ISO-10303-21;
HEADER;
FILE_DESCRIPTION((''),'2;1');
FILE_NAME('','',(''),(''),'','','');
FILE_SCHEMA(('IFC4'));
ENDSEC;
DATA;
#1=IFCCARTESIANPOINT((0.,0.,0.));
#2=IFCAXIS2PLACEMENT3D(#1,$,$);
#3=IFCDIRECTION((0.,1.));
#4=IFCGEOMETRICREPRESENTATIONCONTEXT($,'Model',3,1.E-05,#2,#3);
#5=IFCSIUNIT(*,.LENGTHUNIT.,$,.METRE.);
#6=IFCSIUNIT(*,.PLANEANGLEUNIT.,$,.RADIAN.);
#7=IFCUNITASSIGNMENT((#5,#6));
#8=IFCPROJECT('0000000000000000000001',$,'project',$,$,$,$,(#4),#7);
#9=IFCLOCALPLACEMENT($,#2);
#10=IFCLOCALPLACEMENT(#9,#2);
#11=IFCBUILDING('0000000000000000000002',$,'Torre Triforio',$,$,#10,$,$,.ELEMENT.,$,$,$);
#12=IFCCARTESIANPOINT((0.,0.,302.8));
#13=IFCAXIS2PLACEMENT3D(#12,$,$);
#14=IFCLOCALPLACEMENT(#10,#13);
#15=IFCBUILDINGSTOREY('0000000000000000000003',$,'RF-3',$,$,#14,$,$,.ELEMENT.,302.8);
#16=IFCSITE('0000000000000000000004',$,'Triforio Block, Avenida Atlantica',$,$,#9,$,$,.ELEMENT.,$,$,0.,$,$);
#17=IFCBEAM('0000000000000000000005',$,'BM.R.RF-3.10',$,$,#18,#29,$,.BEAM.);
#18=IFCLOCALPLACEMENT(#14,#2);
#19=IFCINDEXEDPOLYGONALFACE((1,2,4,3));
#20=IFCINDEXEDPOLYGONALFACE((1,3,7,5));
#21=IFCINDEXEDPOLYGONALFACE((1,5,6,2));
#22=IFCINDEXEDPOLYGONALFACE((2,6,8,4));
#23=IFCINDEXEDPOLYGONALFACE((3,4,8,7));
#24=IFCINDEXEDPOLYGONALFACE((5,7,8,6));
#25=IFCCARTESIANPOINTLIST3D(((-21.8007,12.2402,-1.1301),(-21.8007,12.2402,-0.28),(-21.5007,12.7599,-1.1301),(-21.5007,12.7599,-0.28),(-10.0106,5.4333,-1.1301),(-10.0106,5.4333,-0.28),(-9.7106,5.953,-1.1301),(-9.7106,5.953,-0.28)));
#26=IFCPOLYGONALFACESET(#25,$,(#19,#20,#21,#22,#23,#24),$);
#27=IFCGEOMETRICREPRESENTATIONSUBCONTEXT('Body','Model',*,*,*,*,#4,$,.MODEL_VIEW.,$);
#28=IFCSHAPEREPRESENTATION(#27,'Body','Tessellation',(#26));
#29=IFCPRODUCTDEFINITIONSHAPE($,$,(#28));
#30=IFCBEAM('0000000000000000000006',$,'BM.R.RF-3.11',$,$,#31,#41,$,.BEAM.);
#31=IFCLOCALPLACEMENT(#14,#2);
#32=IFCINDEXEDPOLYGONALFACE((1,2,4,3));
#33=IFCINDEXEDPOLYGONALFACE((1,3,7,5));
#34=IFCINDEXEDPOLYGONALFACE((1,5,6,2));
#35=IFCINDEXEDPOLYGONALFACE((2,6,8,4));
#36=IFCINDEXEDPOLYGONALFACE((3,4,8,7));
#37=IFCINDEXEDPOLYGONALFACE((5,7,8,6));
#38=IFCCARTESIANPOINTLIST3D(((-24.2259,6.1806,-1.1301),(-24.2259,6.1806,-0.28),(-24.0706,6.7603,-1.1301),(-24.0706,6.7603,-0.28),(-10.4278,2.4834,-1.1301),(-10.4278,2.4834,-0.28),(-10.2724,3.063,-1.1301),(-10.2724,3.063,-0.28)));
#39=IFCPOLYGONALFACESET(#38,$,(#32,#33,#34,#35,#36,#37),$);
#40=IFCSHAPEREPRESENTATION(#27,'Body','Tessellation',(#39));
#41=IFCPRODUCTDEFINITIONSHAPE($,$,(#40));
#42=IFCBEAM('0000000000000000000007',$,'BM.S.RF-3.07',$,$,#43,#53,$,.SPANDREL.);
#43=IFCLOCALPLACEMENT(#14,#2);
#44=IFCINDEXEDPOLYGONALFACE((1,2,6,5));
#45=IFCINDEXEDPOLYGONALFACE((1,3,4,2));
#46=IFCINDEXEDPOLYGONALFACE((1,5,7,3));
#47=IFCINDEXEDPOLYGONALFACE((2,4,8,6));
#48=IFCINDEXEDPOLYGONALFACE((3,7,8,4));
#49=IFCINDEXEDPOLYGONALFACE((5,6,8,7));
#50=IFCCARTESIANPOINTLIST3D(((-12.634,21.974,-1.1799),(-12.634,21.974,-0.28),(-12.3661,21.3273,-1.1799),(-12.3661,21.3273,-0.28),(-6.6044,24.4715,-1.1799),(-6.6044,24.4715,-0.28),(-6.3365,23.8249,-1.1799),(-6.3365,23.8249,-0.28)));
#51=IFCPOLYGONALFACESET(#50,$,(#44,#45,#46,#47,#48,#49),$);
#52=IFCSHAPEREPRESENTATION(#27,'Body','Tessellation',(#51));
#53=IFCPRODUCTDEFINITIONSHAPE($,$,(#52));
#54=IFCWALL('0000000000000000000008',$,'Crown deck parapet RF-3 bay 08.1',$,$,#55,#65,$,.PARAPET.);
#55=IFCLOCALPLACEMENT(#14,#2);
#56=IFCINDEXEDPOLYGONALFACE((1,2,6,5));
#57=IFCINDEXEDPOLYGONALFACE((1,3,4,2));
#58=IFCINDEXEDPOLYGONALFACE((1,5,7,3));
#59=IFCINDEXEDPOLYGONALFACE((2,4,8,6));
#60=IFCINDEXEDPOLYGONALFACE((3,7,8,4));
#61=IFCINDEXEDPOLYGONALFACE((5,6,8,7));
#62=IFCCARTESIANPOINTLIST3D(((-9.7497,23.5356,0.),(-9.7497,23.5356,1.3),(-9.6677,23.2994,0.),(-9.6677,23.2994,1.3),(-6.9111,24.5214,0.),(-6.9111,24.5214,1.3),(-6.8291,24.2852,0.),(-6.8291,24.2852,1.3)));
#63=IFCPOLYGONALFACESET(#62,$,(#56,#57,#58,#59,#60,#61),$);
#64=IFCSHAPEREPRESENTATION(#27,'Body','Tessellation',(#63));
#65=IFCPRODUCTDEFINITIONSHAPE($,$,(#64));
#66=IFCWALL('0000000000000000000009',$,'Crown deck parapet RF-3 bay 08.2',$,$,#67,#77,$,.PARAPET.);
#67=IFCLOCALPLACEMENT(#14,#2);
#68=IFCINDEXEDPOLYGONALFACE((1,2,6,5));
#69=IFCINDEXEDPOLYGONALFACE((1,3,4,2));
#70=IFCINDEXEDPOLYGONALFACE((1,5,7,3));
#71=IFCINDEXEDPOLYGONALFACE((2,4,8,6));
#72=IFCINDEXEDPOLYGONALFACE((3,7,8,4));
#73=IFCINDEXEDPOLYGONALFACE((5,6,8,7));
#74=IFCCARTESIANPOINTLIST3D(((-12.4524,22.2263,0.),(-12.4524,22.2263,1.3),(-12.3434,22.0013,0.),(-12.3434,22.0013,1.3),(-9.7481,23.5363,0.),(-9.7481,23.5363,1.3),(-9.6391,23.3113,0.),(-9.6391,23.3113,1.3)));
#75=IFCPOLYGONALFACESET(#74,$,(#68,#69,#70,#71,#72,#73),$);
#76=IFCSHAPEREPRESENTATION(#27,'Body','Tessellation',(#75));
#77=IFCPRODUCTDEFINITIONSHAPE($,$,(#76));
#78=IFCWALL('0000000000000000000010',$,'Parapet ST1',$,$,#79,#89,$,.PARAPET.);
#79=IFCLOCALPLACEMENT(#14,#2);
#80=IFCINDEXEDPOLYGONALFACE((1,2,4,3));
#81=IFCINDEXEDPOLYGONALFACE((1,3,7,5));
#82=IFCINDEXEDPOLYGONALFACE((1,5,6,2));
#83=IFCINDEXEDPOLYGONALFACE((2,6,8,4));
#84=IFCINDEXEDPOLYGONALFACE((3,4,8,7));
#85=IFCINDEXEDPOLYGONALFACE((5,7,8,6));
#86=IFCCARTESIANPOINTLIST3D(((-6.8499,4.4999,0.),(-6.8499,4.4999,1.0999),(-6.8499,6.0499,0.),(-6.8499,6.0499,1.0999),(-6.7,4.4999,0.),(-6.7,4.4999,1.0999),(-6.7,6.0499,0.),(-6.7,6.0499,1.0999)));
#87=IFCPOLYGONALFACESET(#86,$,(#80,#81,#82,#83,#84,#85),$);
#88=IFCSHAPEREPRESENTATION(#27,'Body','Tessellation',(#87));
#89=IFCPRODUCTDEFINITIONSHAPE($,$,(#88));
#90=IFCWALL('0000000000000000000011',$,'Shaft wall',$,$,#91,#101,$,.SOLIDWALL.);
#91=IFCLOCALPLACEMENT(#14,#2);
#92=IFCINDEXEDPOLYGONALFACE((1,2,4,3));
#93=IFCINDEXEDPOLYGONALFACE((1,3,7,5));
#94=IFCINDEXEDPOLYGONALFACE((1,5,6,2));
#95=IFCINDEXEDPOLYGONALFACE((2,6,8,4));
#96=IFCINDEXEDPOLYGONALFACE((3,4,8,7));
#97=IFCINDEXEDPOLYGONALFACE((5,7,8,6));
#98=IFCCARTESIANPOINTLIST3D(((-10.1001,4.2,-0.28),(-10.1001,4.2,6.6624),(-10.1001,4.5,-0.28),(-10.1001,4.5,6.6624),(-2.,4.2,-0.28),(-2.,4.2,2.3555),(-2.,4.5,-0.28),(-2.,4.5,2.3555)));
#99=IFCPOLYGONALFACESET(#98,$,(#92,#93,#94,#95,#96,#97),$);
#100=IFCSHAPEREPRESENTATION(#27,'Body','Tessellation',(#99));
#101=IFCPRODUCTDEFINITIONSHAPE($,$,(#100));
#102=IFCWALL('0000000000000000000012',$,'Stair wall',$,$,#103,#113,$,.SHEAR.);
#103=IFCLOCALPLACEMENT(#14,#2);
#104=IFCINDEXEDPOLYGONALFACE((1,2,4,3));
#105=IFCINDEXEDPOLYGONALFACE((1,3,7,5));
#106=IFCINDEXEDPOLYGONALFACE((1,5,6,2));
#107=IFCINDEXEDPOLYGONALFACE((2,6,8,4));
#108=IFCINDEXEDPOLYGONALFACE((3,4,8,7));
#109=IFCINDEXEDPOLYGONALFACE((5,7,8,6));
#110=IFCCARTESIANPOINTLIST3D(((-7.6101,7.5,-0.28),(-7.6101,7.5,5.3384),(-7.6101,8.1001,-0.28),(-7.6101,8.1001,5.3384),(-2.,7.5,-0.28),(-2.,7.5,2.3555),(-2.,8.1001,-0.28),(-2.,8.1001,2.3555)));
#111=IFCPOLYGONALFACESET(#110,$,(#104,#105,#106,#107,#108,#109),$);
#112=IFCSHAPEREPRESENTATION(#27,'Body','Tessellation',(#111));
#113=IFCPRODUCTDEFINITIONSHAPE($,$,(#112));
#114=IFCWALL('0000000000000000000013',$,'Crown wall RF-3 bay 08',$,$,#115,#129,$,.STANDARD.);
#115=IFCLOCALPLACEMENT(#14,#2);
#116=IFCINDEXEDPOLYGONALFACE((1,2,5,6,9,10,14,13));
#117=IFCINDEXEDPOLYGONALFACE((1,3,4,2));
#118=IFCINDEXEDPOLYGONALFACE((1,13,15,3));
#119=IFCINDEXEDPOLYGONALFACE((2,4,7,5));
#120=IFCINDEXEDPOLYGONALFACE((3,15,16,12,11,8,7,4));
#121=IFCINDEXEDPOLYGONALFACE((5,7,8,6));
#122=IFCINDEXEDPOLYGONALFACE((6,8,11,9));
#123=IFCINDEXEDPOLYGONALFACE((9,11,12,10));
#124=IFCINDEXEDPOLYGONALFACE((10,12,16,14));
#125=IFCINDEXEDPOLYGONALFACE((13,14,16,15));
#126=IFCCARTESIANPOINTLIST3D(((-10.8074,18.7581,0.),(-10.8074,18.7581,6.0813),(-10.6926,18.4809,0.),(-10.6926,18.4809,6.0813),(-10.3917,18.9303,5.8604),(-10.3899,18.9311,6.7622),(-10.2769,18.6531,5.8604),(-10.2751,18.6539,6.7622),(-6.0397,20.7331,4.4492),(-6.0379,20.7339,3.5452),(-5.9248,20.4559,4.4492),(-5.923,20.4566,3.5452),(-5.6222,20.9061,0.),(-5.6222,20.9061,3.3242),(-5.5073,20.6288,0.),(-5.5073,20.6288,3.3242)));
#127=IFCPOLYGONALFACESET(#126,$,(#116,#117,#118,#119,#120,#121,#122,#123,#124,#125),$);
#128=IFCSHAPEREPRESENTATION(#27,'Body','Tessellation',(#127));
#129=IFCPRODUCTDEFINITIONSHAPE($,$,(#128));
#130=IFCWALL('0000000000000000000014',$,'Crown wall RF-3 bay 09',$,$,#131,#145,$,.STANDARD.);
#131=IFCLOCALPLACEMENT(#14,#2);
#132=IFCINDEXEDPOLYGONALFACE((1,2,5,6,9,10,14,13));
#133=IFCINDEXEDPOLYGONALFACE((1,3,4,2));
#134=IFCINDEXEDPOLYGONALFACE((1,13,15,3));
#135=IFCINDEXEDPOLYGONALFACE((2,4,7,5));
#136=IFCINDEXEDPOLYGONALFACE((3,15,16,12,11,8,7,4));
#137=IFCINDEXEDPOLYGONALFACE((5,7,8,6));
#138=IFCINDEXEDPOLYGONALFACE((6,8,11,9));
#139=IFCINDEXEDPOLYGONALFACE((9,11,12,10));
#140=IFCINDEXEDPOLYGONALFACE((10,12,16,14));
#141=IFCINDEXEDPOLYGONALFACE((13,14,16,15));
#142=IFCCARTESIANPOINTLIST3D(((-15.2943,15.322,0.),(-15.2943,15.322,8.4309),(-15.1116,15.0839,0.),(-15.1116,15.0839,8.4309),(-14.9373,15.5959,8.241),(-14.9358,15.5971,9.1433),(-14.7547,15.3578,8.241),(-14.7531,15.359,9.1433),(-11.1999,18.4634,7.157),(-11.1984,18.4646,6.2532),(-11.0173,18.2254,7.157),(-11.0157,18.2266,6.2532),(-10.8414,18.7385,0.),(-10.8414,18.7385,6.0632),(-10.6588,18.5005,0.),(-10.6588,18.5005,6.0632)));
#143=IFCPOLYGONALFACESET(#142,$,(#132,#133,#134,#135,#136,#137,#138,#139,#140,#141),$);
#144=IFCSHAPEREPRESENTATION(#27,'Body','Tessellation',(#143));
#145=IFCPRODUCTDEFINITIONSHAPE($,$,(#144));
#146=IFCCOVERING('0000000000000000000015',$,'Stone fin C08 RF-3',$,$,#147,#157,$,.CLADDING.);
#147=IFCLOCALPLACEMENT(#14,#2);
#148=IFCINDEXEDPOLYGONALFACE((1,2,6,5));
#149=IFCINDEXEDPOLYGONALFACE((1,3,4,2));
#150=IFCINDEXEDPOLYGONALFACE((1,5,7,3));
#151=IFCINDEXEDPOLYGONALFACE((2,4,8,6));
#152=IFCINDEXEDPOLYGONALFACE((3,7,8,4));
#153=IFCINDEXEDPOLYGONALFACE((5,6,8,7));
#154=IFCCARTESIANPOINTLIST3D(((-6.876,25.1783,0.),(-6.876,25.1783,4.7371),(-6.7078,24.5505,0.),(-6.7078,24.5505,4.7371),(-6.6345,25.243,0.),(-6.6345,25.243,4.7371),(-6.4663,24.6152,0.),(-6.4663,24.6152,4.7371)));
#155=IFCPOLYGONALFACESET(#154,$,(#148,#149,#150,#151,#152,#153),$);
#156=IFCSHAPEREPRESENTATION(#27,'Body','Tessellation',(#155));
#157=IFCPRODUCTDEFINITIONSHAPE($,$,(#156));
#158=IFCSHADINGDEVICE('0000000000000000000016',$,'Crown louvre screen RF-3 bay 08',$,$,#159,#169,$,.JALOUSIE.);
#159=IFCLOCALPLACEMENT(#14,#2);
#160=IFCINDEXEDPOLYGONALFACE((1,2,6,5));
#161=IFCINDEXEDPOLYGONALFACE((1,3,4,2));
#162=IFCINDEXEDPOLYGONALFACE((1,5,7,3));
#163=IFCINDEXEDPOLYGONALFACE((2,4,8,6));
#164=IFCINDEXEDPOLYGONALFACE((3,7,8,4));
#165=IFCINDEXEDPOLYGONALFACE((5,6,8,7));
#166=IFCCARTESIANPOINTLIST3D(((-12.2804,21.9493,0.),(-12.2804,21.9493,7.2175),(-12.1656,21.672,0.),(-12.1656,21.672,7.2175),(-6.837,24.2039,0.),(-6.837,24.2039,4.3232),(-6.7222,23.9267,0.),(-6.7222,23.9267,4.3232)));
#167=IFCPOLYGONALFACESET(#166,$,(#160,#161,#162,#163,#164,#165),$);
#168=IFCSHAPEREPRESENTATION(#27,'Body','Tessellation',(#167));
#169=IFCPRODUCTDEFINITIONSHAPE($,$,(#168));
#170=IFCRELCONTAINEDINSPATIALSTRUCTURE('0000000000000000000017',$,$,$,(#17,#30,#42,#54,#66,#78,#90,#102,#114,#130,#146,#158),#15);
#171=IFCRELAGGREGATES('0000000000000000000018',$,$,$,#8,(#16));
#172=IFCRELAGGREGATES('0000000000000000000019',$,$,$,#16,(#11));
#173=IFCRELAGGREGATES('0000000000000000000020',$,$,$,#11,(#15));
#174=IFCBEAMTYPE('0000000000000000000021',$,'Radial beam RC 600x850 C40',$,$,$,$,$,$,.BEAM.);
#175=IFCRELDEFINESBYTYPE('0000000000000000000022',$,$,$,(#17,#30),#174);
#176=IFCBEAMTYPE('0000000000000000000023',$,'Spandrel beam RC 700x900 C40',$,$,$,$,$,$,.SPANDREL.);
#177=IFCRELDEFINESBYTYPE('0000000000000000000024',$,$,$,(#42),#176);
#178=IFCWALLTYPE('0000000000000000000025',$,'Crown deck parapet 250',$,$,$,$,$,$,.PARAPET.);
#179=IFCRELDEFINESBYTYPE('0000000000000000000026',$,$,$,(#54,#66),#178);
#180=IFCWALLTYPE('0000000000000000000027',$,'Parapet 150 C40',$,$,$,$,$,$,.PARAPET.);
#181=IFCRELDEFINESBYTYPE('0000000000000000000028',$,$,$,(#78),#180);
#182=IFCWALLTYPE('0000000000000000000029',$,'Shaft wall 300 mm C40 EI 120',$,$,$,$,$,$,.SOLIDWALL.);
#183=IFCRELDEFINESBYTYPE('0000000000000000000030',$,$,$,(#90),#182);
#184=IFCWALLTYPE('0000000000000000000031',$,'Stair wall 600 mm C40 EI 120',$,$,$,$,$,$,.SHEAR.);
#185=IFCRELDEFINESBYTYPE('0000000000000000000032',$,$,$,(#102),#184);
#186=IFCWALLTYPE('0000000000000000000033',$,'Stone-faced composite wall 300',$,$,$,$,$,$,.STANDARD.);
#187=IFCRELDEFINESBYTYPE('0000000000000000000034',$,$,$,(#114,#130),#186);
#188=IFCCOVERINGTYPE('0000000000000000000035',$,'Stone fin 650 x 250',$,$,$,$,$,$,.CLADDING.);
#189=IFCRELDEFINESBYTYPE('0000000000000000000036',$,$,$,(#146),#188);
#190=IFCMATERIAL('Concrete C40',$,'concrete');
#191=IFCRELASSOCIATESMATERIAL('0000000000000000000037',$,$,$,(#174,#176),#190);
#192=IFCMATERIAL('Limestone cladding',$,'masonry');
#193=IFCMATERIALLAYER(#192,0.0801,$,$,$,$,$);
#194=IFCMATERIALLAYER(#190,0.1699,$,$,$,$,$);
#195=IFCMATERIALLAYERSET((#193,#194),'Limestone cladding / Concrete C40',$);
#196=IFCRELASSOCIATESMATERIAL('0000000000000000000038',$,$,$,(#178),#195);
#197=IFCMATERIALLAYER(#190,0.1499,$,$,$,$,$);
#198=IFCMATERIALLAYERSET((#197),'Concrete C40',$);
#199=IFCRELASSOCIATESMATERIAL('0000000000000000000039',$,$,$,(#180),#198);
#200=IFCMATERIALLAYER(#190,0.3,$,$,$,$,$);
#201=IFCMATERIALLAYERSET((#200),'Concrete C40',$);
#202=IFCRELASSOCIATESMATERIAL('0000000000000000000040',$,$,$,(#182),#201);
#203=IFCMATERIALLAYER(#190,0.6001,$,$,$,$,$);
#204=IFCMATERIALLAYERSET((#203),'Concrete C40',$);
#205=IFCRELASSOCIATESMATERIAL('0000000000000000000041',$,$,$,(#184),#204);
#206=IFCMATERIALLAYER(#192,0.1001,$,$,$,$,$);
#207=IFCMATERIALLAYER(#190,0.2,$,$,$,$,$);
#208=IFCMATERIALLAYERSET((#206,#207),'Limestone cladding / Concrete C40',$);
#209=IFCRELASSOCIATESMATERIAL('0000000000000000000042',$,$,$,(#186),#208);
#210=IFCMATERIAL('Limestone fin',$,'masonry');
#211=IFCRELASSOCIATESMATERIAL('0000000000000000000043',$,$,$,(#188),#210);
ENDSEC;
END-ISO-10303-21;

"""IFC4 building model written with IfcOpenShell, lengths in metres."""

from ifc_helpers import new_model, si_unit, direction, frame, frame_2d, origin, origin_2d, place, context, subcontext, project, spatial, polyline, rectangle, outline, extrude, material, layer, layer_set, material_profile, profile_set, type_object, element, save


model = new_model("IFC4")

# Units and contexts
model_context = context("Model", 3, precision=1e-05, world=origin(), true_north=direction((0.0, 1.0)))
body_context = subcontext(model_context, "Body", "Model", "MODEL_VIEW")
ifc_project = project(units=[si_unit("LENGTHUNIT", "METRE"), si_unit("PLANEANGLEUNIT", "RADIAN")], contexts=[model_context])

# Site, building, storey
site_placement = place(None, origin())
site = spatial("IfcSite", under=ifc_project, at=site_placement, Name="Triforio Block, Avenida Atlantica", CompositionType="ELEMENT", RefElevation=0.0)
building_placement = place(site_placement, origin())
building = spatial("IfcBuilding", under=site, at=building_placement, Name="Torre Triforio", CompositionType="ELEMENT")
storey_placement = place(building_placement, frame((0.0, 0.0, 302.8)))
storey = spatial("IfcBuildingStorey", under=building, at=storey_placement, Name="RF-3", CompositionType="ELEMENT", Elevation=302.8)

# Shared definitions
ifc_material_1 = material(Name="Concrete C40", Category="concrete")

# Beams
ifc_material_profile_1 = material_profile(ifc_material_1, rectangle(XDim=0.6001, YDim=0.8501, at=origin_2d()), Name="RC 600x850")
ifc_profile_set_1 = profile_set([ifc_material_profile_1], Name="Concrete C40")
beam_type_1 = type_object("IfcBeamType", Name="Radial beam RC 600x850 C40", PredefinedType="BEAM", material=ifc_profile_set_1)
beam_1_placement = place(storey_placement, frame((-9.8606, 5.6931, -0.7051), z_axis=(-0.866029, 0.499995, 0.0), x_axis=(-0.499995, -0.866029, 0.0)))
element("IfcBeam", 1, at=beam_1_placement, inside=storey, type_object=beam_type_1, Name="BM.R.RF-3.10", PredefinedType="BEAM", context=body_context, shape_type="SweptSolid", body=[
    extrude(rectangle(XDim=0.6001, YDim=0.8501, at=origin_2d()), origin(), (0.0, 0.0, 1.0), 13.614),
])
beam_2_placement = place(storey_placement, frame((-10.3501, 2.7732, -0.7051), z_axis=(-0.965924, 0.258824, 0.0), x_axis=(-0.258824, -0.965924, 0.0)))
element("IfcBeam", 2, at=beam_2_placement, inside=storey, type_object=beam_type_1, Name="BM.R.RF-3.11", PredefinedType="BEAM", context=body_context, shape_type="SweptSolid", body=[
    extrude(rectangle(XDim=0.6001, YDim=0.8501, at=origin_2d()), origin(), (0.0, 0.0, 1.0), 14.2849),
])
ifc_material_profile_2 = material_profile(ifc_material_1, rectangle(XDim=0.7, YDim=0.8999, at=origin_2d()), Name="RC 700x900")
ifc_profile_set_2 = profile_set([ifc_material_profile_2], Name="Concrete C40")
beam_type_2 = type_object("IfcBeamType", Name="Spandrel beam RC 700x900 C40", PredefinedType="SPANDREL", material=ifc_profile_set_2)
beam_3_placement = place(storey_placement, frame((-6.4705, 24.1482, -0.73), z_axis=(-0.923877, -0.382689, 0.0), x_axis=(0.382689, -0.923877, 0.0)))
element("IfcBeam", 3, at=beam_3_placement, inside=storey, type_object=beam_type_2, Name="BM.S.RF-3.07", PredefinedType="SPANDREL", context=body_context, shape_type="SweptSolid", body=[
    extrude(rectangle(XDim=0.7, YDim=0.8999, at=origin_2d()), origin(), (0.0, 0.0, 1.0), 6.5264),
])

# Walls
ifc_material_2 = material(Name="Limestone cladding", Category="masonry")
ifc_layer_1 = layer(ifc_material_2, 0.0801)
ifc_layer_2 = layer(ifc_material_1, 0.1699)
ifc_layer_set_1 = layer_set([ifc_layer_1, ifc_layer_2], Name="Limestone cladding / Concrete C40")
wall_type_1 = type_object("IfcWallType", Name="Crown deck parapet 250", PredefinedType="PARAPET", material=ifc_layer_set_1)
for number, where, z_axis, x_axis, name in (
    (4, (-6.8701, 24.4033, 0.0), (0.0, 0.0, 1.0), (-0.944652, -0.328073, 0.0), "Crown deck parapet RF-3 bay 08.1"),
    (5, (-9.6936, 23.4238, 0.0), (0.0, 0.0, 1.0), (-0.899963, -0.435966, 0.0), "Crown deck parapet RF-3 bay 08.2"),
):
    element("IfcWall", number, at=place(storey_placement, frame(where, z_axis=z_axis, x_axis=x_axis)), inside=storey, type_object=wall_type_1, Name=name, PredefinedType="PARAPET", context=body_context, shape_type="SweptSolid", body=[
        extrude(rectangle(XDim=3.0049, YDim=0.25, at=frame_2d((1.5024, 0.0))), origin(), (0.0, 0.0, 1.0), 1.3),
    ])
ifc_layer_3 = layer(ifc_material_1, 0.1499)
ifc_layer_set_2 = layer_set([ifc_layer_3], Name="Concrete C40")
wall_type_2 = type_object("IfcWallType", Name="Parapet 150 C40", PredefinedType="PARAPET", material=ifc_layer_set_2)
wall_1_placement = place(storey_placement, frame((-6.7749, 4.5, 0.0), z_axis=(0.0, 0.0, 1.0), x_axis=(0.0, 1.0, 0.0)))
element("IfcWall", 6, at=wall_1_placement, inside=storey, type_object=wall_type_2, Name="Parapet ST1", PredefinedType="PARAPET", context=body_context, shape_type="SweptSolid", body=[
    extrude(rectangle(XDim=1.55, YDim=0.1499, at=frame_2d((0.7749, 0.0))), origin(), (0.0, 0.0, 1.0), 1.0999),
])
ifc_layer_4 = layer(ifc_material_1, 0.3)
ifc_layer_set_3 = layer_set([ifc_layer_4], Name="Concrete C40")
wall_type_3 = type_object("IfcWallType", Name="Shaft wall 300 mm C40 EI 120", PredefinedType="SOLIDWALL", material=ifc_layer_set_3)
wall_2_placement = place(storey_placement, frame((-10.1001, 4.3501, -0.28), z_axis=(0.0, 0.0, 1.0), x_axis=(1.0, 0.0, 0.0)))
element("IfcWall", 7, at=wall_2_placement, inside=storey, type_object=wall_type_3, Name="Shaft wall", PredefinedType="SOLIDWALL", context=body_context, shape_type="SweptSolid", body=[
    extrude(outline(polyline([(0.0, 0.0), (8.1001, 0.0), (8.1001, 2.6355), (0.0, 6.9424), (0.0, 0.0)])), frame((0.0, 0.1499, 0.0), z_axis=(0.0, -1.0, 0.0), x_axis=(1.0, 0.0, 0.0)), (0.0, 0.0, 1.0), 0.3),
])
ifc_layer_5 = layer(ifc_material_1, 0.6001)
ifc_layer_set_4 = layer_set([ifc_layer_5], Name="Concrete C40")
wall_type_4 = type_object("IfcWallType", Name="Stair wall 600 mm C40 EI 120", PredefinedType="SHEAR", material=ifc_layer_set_4)
wall_3_placement = place(storey_placement, frame((-7.6101, 7.8, -0.28), z_axis=(0.0, 0.0, 1.0), x_axis=(1.0, 0.0, 0.0)))
element("IfcWall", 8, at=wall_3_placement, inside=storey, type_object=wall_type_4, Name="Stair wall", PredefinedType="SHEAR", context=body_context, shape_type="SweptSolid", body=[
    extrude(outline(polyline([(0.0, 0.0), (5.6101, 0.0), (5.6101, 2.6355), (0.0, 5.6184), (0.0, 0.0)])), frame((0.0, 0.3, 0.0), z_axis=(0.0, -1.0, 0.0), x_axis=(1.0, 0.0, 0.0)), (0.0, 0.0, 1.0), 0.6001),
])
ifc_layer_6 = layer(ifc_material_2, 0.1001)
ifc_layer_7 = layer(ifc_material_1, 0.2)
ifc_layer_set_5 = layer_set([ifc_layer_6, ifc_layer_7], Name="Limestone cladding / Concrete C40")
wall_type_5 = type_object("IfcWallType", Name="Stone-faced composite wall 300", PredefinedType="STANDARD", material=ifc_layer_set_5)
wall_4_placement = place(storey_placement, frame((-5.5647, 20.7673, 0.0), z_axis=(0.0, 0.0, 1.0), x_axis=(-0.923872, -0.382703, 0.0)))
element("IfcWall", 9, at=wall_4_placement, inside=storey, type_object=wall_type_5, Name="Crown wall RF-3 bay 08", PredefinedType="STANDARD", context=body_context, shape_type="SweptSolid", body=[
    extrude(outline(polyline([(0.0, 0.0), (5.6125, 0.0), (5.6125, 6.0813), (5.1626, 5.8604), (5.1606, 6.7622), (0.4519, 4.4492), (0.45, 3.5452), (0.0, 3.3242), (0.0, 0.0)])), frame((0.0, 0.1499, 0.0), z_axis=(0.0, -1.0, 0.0), x_axis=(1.0, 0.0, 0.0)), (0.0, 0.0, 1.0), 0.3),
])
wall_5_placement = place(storey_placement, frame((-10.75, 18.6194, 0.0), z_axis=(0.0, 0.0, 1.0), x_axis=(-0.79338, -0.608726, 0.0)))
element("IfcWall", 10, at=wall_5_placement, inside=storey, type_object=wall_type_5, Name="Crown wall RF-3 bay 09", PredefinedType="STANDARD", context=body_context, shape_type="SweptSolid", body=[
    extrude(outline(polyline([(0.0, 0.0), (5.6125, 0.0), (5.6125, 8.4309), (5.1626, 8.241), (5.1606, 9.1433), (0.4519, 7.157), (0.45, 6.2532), (0.0, 6.0632), (0.0, 0.0)])), frame((0.0, 0.1499, 0.0), z_axis=(0.0, -1.0, 0.0), x_axis=(1.0, 0.0, 0.0)), (0.0, 0.0, 1.0), 0.3),
])

# Covering
ifc_material_3 = material(Name="Limestone fin", Category="masonry")
ifc_material_profile_3 = material_profile(ifc_material_3, rectangle(XDim=0.6499, YDim=0.25, at=origin_2d()), Name="FIN 650x250")
ifc_profile_set_3 = profile_set([ifc_material_profile_3], Name="Limestone fin")
covering_type = type_object("IfcCoveringType", Name="Stone fin 650 x 250", PredefinedType="CLADDING", material=ifc_profile_set_3)
covering_placement = place(storey_placement, frame((-6.6711, 24.8967, 0.0), z_axis=(0.0, 0.0, 1.0), x_axis=(-0.258819, 0.965926, 0.0)))
element("IfcCovering", 11, at=covering_placement, inside=storey, type_object=covering_type, Name="Stone fin C08 RF-3", PredefinedType="CLADDING", context=body_context, shape_type="SweptSolid", body=[
    extrude(rectangle(XDim=0.6499, YDim=0.25, at=origin_2d()), origin(), (0.0, 0.0, 1.0), 4.7371),
])

# Shading device
shading_device_placement = place(storey_placement, frame((-6.7795, 24.0652, 0.0), z_axis=(0.0, 0.0, 1.0), x_axis=(-0.923884, -0.382673, 0.0)))
element("IfcShadingDevice", 12, at=shading_device_placement, inside=storey, Name="Crown louvre screen RF-3 bay 08", PredefinedType="JALOUSIE", context=body_context, shape_type="SweptSolid", body=[
    extrude(outline(polyline([(0.0, 0.0), (5.8918, 0.0), (5.8918, 7.2175), (0.0, 4.3232), (0.0, 0.0)])), frame((0.0, 0.1499, 0.0), z_axis=(0.0, -1.0, 0.0), x_axis=(1.0, 0.0, 0.0)), (0.0, 0.0, 1.0), 0.3),
])

save(model, "model.ifc")
